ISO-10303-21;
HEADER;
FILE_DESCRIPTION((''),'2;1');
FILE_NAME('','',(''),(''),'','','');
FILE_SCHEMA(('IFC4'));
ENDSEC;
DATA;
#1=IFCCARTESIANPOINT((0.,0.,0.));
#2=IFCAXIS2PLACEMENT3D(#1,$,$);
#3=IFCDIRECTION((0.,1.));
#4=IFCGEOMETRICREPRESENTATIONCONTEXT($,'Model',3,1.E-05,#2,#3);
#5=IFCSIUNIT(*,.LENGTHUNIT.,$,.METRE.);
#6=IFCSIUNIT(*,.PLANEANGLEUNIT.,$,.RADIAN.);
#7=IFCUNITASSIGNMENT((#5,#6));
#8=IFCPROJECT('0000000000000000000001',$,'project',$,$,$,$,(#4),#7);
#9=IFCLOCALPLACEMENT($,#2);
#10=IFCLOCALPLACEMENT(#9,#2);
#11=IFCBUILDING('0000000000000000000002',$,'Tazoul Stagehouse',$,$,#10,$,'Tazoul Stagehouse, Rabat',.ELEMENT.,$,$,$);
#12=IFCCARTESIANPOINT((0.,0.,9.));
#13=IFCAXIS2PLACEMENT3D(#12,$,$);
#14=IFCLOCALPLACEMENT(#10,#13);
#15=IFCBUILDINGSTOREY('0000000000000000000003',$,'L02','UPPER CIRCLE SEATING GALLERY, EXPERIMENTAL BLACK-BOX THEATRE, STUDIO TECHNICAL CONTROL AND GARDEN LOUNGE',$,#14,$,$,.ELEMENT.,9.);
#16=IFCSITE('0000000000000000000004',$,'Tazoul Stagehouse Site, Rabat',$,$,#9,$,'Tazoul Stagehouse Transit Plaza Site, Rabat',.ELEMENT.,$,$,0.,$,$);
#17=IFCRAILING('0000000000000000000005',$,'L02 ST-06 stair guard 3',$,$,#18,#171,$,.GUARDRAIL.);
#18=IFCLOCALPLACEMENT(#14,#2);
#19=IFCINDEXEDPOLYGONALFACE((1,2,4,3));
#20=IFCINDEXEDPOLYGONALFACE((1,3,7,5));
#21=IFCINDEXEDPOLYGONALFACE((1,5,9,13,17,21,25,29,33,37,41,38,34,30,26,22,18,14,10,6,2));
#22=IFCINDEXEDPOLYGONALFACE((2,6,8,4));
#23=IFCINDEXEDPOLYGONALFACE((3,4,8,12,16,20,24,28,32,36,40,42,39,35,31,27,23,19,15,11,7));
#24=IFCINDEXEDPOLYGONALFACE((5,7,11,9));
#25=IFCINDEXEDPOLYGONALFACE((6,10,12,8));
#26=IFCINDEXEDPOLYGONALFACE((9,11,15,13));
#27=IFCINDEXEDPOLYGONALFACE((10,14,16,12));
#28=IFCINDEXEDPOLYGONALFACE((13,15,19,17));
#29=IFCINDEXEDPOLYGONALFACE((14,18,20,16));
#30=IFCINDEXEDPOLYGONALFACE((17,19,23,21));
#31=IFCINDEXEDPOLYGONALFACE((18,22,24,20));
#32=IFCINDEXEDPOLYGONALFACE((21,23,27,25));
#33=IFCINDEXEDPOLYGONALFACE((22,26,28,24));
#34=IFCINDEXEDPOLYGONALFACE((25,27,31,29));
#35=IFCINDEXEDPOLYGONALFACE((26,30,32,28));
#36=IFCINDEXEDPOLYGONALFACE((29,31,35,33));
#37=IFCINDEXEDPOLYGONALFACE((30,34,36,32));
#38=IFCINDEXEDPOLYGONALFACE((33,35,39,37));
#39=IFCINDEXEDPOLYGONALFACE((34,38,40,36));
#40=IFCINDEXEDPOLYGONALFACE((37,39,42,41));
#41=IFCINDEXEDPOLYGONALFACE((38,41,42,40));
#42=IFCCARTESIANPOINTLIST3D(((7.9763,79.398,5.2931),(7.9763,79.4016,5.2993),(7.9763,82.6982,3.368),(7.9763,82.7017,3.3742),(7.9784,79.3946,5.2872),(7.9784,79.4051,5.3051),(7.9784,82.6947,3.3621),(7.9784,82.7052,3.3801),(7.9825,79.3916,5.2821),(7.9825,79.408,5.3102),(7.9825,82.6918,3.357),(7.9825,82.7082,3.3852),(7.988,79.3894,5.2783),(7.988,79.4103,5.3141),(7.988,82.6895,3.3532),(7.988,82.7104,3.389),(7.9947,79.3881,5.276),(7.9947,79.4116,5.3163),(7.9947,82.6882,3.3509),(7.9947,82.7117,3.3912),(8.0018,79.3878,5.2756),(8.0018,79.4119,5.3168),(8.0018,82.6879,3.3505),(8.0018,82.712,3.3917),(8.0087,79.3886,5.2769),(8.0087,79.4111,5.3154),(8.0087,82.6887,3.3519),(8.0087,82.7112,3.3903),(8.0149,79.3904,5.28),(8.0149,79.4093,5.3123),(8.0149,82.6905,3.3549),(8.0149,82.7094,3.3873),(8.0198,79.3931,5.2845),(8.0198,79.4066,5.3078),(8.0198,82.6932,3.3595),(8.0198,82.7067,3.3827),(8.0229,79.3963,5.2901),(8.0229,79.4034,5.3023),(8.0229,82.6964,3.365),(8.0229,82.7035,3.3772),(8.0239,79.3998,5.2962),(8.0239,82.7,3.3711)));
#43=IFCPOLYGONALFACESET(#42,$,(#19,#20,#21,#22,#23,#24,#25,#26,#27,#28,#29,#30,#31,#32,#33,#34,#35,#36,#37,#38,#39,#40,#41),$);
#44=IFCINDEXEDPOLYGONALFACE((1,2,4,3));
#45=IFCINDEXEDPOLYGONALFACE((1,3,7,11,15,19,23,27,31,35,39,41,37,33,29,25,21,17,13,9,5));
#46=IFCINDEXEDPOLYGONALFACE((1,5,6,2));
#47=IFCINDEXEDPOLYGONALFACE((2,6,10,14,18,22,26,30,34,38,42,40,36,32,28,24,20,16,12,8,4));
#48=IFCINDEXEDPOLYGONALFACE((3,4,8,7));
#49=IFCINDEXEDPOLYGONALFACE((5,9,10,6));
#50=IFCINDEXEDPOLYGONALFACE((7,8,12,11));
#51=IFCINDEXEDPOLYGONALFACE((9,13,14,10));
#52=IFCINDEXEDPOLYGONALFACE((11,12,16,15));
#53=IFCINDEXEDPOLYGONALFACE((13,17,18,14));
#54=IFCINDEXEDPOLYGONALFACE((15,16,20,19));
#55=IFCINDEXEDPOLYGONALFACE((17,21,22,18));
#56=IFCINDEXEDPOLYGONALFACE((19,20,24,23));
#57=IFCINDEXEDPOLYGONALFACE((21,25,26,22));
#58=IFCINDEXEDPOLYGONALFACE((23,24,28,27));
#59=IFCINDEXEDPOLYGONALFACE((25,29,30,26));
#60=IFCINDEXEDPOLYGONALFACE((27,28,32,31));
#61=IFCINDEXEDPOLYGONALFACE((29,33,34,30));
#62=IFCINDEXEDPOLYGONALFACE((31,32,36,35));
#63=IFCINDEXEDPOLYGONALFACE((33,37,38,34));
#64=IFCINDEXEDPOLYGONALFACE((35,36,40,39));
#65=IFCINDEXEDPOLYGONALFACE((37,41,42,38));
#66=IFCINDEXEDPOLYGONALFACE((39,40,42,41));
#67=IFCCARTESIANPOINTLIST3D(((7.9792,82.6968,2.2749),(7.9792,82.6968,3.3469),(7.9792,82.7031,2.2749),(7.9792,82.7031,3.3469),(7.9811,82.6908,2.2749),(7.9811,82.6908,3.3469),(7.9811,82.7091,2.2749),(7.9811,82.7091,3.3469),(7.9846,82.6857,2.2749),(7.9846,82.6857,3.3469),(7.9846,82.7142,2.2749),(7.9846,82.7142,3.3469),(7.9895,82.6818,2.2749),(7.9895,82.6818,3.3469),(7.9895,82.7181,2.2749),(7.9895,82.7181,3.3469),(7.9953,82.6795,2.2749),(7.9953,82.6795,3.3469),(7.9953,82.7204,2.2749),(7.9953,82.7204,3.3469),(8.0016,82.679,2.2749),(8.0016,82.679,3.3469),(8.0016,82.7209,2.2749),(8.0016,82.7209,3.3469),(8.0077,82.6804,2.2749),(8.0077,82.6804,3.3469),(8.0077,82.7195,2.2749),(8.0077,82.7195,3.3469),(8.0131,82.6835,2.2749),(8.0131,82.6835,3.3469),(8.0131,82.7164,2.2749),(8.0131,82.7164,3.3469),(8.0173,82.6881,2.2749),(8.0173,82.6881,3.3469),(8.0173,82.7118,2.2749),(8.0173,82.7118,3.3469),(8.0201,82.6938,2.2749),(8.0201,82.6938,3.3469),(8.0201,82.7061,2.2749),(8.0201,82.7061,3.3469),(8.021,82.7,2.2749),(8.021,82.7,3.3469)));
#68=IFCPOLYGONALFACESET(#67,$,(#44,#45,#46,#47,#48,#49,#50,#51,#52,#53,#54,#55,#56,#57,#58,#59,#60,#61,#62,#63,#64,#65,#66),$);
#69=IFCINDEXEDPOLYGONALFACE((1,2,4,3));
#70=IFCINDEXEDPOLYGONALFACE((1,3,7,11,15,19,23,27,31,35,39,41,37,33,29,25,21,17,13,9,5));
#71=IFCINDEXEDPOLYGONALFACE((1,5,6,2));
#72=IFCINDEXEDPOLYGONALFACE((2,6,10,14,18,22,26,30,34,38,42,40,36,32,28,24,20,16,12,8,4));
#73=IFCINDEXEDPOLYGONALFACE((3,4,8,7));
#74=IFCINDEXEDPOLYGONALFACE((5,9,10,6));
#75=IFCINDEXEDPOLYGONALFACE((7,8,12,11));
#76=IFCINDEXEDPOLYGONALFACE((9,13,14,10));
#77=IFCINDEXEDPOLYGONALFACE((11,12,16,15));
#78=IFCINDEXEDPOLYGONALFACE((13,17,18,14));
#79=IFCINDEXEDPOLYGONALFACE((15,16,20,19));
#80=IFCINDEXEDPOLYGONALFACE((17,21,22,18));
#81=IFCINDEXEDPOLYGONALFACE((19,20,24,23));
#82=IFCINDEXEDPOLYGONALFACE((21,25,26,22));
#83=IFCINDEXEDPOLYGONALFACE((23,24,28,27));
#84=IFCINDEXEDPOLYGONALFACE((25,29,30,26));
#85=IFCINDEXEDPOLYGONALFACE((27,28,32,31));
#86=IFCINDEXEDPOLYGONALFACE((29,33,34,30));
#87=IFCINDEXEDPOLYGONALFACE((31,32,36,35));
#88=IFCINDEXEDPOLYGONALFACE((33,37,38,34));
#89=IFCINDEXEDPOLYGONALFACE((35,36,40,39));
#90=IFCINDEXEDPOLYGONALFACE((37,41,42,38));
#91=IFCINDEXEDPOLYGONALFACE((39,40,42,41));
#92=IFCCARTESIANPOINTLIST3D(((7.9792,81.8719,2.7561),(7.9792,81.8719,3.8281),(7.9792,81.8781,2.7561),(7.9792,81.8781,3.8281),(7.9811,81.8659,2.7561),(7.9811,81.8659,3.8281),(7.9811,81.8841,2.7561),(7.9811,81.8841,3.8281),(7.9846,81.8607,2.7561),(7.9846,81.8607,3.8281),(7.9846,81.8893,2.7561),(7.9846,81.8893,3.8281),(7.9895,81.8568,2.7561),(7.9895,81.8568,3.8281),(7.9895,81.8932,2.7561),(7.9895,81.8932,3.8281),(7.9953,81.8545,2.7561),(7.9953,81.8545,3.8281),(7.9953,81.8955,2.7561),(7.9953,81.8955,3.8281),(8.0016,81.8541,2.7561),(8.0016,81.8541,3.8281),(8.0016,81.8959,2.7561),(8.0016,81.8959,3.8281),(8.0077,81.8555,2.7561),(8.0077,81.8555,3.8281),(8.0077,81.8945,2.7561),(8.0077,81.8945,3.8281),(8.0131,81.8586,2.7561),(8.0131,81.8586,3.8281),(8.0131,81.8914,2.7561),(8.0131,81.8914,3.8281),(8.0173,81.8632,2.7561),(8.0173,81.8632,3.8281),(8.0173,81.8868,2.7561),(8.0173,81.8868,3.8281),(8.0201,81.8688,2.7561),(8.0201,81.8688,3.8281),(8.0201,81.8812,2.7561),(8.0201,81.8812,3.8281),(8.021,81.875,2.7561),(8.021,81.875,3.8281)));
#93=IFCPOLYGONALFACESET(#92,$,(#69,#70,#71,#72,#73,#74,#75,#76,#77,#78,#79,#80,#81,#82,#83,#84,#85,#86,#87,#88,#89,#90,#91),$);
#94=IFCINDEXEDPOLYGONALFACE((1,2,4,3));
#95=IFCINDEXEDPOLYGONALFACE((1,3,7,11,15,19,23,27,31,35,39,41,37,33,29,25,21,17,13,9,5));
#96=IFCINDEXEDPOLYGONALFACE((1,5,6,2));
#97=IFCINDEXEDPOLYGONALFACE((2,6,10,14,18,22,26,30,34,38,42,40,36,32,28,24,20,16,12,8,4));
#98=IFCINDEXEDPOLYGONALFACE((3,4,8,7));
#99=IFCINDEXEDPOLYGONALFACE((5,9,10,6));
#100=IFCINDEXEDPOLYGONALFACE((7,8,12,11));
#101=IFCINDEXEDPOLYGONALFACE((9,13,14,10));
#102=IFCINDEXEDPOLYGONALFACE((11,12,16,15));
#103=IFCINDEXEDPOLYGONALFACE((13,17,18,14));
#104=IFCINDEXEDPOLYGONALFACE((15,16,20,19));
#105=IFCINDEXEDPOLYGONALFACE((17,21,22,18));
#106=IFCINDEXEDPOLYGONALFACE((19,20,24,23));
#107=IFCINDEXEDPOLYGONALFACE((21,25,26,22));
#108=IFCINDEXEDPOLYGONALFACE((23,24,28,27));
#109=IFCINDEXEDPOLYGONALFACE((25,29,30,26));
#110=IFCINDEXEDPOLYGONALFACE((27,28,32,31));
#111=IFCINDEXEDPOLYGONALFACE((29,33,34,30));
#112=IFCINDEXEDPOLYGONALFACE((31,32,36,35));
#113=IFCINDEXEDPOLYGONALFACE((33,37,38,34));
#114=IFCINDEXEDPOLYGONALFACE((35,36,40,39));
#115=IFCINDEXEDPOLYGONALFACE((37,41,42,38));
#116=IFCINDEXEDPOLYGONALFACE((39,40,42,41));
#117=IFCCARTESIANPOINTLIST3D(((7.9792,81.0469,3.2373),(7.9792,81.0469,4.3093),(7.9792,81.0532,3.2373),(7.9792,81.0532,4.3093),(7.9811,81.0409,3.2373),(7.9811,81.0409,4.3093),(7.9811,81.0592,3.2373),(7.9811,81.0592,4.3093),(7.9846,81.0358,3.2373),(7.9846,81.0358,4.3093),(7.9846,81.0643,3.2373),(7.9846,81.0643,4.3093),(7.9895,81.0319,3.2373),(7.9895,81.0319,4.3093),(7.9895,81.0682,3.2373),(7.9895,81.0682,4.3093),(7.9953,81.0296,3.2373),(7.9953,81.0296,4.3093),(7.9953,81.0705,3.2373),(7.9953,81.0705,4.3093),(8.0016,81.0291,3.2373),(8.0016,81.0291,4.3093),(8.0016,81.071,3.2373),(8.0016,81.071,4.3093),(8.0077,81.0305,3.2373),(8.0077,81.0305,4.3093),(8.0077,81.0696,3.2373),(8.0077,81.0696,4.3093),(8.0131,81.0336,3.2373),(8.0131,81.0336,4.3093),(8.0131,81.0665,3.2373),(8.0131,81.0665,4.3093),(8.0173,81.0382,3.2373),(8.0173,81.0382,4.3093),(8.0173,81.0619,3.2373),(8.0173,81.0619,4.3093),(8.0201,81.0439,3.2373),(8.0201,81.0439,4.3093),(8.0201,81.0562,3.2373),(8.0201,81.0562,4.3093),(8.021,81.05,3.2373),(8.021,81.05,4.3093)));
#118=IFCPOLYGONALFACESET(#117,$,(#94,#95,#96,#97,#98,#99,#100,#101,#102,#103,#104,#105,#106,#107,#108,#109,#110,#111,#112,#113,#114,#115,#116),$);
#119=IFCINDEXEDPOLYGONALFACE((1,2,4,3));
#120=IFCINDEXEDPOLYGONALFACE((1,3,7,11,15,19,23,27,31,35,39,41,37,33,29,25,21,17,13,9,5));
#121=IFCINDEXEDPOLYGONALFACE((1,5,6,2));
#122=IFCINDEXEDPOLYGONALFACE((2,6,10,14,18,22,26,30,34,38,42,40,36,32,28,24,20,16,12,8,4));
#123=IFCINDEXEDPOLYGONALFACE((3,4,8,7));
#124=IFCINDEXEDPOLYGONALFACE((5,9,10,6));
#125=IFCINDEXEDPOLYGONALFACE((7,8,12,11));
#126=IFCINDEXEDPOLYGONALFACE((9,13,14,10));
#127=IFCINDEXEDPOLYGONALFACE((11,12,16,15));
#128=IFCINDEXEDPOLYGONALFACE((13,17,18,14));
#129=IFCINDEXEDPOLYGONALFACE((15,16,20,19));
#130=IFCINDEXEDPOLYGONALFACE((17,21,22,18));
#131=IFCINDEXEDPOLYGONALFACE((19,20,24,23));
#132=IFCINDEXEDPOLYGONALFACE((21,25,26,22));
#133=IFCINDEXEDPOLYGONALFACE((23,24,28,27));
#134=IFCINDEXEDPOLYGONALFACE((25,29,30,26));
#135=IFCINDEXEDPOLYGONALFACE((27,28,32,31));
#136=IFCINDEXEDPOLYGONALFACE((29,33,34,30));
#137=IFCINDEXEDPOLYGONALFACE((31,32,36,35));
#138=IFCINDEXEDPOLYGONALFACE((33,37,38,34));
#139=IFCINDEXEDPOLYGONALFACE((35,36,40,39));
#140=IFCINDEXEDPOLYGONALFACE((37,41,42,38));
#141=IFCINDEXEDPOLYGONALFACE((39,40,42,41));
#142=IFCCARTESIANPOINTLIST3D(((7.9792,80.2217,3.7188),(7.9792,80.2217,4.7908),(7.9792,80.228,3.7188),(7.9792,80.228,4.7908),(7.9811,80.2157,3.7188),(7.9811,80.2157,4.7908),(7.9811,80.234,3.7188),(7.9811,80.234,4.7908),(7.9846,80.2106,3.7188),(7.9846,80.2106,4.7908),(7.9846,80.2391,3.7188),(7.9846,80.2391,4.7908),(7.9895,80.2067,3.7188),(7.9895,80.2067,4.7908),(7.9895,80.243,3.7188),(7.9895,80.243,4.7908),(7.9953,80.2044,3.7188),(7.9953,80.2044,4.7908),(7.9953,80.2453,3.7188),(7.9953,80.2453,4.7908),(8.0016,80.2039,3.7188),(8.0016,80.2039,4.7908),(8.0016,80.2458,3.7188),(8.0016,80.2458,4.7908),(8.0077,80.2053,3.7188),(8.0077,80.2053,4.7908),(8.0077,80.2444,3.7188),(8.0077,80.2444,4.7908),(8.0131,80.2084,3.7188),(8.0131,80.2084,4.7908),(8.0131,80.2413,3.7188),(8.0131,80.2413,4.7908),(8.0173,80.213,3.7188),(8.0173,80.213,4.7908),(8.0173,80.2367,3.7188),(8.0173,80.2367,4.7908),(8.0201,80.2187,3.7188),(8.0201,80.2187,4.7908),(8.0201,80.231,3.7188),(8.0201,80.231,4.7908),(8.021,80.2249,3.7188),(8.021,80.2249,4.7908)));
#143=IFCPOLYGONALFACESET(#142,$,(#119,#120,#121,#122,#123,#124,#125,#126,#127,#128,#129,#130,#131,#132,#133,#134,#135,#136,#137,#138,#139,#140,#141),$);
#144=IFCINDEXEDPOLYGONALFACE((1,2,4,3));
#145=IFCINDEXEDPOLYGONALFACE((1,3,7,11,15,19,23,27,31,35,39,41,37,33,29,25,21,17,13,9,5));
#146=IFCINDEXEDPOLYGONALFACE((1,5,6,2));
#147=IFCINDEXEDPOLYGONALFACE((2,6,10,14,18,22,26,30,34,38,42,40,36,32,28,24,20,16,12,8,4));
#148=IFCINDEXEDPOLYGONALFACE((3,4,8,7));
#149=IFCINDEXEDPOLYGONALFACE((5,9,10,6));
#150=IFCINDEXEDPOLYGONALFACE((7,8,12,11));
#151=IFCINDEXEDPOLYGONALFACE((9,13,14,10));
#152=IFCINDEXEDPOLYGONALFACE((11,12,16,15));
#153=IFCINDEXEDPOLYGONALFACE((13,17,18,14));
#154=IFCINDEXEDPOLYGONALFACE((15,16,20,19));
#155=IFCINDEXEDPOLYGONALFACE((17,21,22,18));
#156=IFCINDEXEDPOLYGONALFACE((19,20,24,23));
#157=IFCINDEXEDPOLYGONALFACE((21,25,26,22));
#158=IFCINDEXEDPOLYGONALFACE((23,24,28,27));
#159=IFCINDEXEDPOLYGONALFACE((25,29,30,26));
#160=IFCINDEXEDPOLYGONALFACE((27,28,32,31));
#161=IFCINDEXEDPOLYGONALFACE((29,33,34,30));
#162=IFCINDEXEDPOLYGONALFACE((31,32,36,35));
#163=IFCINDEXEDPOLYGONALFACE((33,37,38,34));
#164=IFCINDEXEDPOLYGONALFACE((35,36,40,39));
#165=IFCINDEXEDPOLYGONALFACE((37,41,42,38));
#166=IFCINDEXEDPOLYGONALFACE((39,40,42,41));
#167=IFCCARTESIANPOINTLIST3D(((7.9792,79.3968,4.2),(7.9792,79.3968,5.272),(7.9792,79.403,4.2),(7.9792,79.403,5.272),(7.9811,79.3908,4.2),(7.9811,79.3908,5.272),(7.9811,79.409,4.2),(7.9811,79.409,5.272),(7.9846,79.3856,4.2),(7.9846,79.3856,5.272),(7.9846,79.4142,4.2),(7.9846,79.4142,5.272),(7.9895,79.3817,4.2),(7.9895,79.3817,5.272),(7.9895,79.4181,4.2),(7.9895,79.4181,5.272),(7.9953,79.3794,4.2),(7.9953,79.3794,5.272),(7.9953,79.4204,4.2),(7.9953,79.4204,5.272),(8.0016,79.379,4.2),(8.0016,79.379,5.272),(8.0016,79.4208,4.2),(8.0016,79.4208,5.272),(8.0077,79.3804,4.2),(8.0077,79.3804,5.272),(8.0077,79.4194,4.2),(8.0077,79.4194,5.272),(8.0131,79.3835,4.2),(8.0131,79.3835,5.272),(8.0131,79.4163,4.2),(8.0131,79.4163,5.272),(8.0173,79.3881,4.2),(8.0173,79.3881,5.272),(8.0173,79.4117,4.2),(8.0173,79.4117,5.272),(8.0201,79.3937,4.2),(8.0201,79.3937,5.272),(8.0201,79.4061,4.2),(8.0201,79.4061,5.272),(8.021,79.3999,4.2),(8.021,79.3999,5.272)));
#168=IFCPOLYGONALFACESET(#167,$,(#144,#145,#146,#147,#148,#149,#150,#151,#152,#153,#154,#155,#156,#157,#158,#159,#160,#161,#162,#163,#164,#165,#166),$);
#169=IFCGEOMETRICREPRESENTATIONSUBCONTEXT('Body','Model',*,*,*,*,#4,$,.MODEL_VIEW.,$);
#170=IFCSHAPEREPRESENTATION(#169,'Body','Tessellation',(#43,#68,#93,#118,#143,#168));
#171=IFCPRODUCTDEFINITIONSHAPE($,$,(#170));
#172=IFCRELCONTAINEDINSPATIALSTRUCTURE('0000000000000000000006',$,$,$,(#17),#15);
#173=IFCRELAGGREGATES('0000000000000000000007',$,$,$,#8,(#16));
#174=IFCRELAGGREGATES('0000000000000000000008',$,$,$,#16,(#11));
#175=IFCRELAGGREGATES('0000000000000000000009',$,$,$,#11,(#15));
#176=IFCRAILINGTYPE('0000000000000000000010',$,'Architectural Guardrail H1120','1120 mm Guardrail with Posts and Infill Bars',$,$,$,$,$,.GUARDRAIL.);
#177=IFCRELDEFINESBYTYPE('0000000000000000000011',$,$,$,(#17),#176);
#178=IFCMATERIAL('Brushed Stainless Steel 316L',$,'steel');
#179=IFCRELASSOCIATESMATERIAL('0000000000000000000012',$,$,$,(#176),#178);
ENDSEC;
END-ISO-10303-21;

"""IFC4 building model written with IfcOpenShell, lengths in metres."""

from ifc_helpers import new_model, si_unit, direction, frame, origin, origin_2d, place, context, subcontext, project, spatial, circle, extrude, material, material_profile, profile_set, type_object, element, save


model = new_model("IFC4")

# Units and contexts
model_context = context("Model", 3, precision=1e-05, world=origin(), true_north=direction((0.0, 1.0)))
body_context = subcontext(model_context, "Body", "Model", "MODEL_VIEW")
ifc_project = project(units=[si_unit("LENGTHUNIT", "METRE"), si_unit("PLANEANGLEUNIT", "RADIAN")], contexts=[model_context])

# Site, building, storey
site_placement = place(None, origin())
site = spatial("IfcSite", under=ifc_project, at=site_placement, Name="Tazoul Stagehouse Site, Rabat", LongName="Tazoul Stagehouse Transit Plaza Site, Rabat", CompositionType="ELEMENT", RefElevation=0.0)
building_placement = place(site_placement, origin())
building = spatial("IfcBuilding", under=site, at=building_placement, Name="Tazoul Stagehouse", LongName="Tazoul Stagehouse, Rabat", CompositionType="ELEMENT")
storey_placement = place(building_placement, frame((0.0, 0.0, 9.0)))
storey = spatial("IfcBuildingStorey", under=building, at=storey_placement, Name="L02", Description="UPPER CIRCLE SEATING GALLERY, EXPERIMENTAL BLACK-BOX THEATRE, STUDIO TECHNICAL CONTROL AND GARDEN LOUNGE", CompositionType="ELEMENT", Elevation=9.0)

# Railing
ifc_material_1 = material(Name="Brushed Stainless Steel 316L", Category="steel")
ifc_material_profile_1 = material_profile(ifc_material_1, circle(Radius=0.0239, at=origin_2d()), Name="SS RAIL D48")
ifc_profile_set_1 = profile_set([ifc_material_profile_1], Name="Brushed Stainless Steel 316L")
railing_type = type_object("IfcRailingType", Name="Architectural Guardrail H1120", Description="1120 mm Guardrail with Posts and Infill Bars", PredefinedType="GUARDRAIL", material=ifc_profile_set_1)
railing_1_placement = place(storey_placement, frame((8.0, 82.7, 2.2749)))
element("IfcRailing", 1, at=railing_1_placement, inside=storey, type_object=railing_type, Name="L02 ST-06 stair guard 3", PredefinedType="GUARDRAIL", context=body_context, shape_type="SweptSolid", body=[
    extrude(circle(Radius=0.0239, at=origin_2d()), frame((0.0, 0.0, 1.0962), z_axis=(0.0, -0.863777, 0.503875), x_axis=(1.0, 0.0, 0.0)), (0.0, 0.0, 1.0), 3.8206),
    extrude(circle(Radius=0.021, at=origin_2d()), origin(), (0.0, 0.0, 1.0), 1.072),
    extrude(circle(Radius=0.021, at=origin_2d()), frame((0.0, -0.825, 0.4812)), (0.0, 0.0, 1.0), 1.072),
    extrude(circle(Radius=0.021, at=origin_2d()), frame((0.0, -1.6499, 0.9624)), (0.0, 0.0, 1.0), 1.072),
    extrude(circle(Radius=0.021, at=origin_2d()), frame((0.0, -2.4751, 1.4438)), (0.0, 0.0, 1.0), 1.072),
    extrude(circle(Radius=0.021, at=origin_2d()), frame((0.0, -3.3, 1.925)), (0.0, 0.0, 1.0), 1.072),
])

save(model, "model.ifc")
